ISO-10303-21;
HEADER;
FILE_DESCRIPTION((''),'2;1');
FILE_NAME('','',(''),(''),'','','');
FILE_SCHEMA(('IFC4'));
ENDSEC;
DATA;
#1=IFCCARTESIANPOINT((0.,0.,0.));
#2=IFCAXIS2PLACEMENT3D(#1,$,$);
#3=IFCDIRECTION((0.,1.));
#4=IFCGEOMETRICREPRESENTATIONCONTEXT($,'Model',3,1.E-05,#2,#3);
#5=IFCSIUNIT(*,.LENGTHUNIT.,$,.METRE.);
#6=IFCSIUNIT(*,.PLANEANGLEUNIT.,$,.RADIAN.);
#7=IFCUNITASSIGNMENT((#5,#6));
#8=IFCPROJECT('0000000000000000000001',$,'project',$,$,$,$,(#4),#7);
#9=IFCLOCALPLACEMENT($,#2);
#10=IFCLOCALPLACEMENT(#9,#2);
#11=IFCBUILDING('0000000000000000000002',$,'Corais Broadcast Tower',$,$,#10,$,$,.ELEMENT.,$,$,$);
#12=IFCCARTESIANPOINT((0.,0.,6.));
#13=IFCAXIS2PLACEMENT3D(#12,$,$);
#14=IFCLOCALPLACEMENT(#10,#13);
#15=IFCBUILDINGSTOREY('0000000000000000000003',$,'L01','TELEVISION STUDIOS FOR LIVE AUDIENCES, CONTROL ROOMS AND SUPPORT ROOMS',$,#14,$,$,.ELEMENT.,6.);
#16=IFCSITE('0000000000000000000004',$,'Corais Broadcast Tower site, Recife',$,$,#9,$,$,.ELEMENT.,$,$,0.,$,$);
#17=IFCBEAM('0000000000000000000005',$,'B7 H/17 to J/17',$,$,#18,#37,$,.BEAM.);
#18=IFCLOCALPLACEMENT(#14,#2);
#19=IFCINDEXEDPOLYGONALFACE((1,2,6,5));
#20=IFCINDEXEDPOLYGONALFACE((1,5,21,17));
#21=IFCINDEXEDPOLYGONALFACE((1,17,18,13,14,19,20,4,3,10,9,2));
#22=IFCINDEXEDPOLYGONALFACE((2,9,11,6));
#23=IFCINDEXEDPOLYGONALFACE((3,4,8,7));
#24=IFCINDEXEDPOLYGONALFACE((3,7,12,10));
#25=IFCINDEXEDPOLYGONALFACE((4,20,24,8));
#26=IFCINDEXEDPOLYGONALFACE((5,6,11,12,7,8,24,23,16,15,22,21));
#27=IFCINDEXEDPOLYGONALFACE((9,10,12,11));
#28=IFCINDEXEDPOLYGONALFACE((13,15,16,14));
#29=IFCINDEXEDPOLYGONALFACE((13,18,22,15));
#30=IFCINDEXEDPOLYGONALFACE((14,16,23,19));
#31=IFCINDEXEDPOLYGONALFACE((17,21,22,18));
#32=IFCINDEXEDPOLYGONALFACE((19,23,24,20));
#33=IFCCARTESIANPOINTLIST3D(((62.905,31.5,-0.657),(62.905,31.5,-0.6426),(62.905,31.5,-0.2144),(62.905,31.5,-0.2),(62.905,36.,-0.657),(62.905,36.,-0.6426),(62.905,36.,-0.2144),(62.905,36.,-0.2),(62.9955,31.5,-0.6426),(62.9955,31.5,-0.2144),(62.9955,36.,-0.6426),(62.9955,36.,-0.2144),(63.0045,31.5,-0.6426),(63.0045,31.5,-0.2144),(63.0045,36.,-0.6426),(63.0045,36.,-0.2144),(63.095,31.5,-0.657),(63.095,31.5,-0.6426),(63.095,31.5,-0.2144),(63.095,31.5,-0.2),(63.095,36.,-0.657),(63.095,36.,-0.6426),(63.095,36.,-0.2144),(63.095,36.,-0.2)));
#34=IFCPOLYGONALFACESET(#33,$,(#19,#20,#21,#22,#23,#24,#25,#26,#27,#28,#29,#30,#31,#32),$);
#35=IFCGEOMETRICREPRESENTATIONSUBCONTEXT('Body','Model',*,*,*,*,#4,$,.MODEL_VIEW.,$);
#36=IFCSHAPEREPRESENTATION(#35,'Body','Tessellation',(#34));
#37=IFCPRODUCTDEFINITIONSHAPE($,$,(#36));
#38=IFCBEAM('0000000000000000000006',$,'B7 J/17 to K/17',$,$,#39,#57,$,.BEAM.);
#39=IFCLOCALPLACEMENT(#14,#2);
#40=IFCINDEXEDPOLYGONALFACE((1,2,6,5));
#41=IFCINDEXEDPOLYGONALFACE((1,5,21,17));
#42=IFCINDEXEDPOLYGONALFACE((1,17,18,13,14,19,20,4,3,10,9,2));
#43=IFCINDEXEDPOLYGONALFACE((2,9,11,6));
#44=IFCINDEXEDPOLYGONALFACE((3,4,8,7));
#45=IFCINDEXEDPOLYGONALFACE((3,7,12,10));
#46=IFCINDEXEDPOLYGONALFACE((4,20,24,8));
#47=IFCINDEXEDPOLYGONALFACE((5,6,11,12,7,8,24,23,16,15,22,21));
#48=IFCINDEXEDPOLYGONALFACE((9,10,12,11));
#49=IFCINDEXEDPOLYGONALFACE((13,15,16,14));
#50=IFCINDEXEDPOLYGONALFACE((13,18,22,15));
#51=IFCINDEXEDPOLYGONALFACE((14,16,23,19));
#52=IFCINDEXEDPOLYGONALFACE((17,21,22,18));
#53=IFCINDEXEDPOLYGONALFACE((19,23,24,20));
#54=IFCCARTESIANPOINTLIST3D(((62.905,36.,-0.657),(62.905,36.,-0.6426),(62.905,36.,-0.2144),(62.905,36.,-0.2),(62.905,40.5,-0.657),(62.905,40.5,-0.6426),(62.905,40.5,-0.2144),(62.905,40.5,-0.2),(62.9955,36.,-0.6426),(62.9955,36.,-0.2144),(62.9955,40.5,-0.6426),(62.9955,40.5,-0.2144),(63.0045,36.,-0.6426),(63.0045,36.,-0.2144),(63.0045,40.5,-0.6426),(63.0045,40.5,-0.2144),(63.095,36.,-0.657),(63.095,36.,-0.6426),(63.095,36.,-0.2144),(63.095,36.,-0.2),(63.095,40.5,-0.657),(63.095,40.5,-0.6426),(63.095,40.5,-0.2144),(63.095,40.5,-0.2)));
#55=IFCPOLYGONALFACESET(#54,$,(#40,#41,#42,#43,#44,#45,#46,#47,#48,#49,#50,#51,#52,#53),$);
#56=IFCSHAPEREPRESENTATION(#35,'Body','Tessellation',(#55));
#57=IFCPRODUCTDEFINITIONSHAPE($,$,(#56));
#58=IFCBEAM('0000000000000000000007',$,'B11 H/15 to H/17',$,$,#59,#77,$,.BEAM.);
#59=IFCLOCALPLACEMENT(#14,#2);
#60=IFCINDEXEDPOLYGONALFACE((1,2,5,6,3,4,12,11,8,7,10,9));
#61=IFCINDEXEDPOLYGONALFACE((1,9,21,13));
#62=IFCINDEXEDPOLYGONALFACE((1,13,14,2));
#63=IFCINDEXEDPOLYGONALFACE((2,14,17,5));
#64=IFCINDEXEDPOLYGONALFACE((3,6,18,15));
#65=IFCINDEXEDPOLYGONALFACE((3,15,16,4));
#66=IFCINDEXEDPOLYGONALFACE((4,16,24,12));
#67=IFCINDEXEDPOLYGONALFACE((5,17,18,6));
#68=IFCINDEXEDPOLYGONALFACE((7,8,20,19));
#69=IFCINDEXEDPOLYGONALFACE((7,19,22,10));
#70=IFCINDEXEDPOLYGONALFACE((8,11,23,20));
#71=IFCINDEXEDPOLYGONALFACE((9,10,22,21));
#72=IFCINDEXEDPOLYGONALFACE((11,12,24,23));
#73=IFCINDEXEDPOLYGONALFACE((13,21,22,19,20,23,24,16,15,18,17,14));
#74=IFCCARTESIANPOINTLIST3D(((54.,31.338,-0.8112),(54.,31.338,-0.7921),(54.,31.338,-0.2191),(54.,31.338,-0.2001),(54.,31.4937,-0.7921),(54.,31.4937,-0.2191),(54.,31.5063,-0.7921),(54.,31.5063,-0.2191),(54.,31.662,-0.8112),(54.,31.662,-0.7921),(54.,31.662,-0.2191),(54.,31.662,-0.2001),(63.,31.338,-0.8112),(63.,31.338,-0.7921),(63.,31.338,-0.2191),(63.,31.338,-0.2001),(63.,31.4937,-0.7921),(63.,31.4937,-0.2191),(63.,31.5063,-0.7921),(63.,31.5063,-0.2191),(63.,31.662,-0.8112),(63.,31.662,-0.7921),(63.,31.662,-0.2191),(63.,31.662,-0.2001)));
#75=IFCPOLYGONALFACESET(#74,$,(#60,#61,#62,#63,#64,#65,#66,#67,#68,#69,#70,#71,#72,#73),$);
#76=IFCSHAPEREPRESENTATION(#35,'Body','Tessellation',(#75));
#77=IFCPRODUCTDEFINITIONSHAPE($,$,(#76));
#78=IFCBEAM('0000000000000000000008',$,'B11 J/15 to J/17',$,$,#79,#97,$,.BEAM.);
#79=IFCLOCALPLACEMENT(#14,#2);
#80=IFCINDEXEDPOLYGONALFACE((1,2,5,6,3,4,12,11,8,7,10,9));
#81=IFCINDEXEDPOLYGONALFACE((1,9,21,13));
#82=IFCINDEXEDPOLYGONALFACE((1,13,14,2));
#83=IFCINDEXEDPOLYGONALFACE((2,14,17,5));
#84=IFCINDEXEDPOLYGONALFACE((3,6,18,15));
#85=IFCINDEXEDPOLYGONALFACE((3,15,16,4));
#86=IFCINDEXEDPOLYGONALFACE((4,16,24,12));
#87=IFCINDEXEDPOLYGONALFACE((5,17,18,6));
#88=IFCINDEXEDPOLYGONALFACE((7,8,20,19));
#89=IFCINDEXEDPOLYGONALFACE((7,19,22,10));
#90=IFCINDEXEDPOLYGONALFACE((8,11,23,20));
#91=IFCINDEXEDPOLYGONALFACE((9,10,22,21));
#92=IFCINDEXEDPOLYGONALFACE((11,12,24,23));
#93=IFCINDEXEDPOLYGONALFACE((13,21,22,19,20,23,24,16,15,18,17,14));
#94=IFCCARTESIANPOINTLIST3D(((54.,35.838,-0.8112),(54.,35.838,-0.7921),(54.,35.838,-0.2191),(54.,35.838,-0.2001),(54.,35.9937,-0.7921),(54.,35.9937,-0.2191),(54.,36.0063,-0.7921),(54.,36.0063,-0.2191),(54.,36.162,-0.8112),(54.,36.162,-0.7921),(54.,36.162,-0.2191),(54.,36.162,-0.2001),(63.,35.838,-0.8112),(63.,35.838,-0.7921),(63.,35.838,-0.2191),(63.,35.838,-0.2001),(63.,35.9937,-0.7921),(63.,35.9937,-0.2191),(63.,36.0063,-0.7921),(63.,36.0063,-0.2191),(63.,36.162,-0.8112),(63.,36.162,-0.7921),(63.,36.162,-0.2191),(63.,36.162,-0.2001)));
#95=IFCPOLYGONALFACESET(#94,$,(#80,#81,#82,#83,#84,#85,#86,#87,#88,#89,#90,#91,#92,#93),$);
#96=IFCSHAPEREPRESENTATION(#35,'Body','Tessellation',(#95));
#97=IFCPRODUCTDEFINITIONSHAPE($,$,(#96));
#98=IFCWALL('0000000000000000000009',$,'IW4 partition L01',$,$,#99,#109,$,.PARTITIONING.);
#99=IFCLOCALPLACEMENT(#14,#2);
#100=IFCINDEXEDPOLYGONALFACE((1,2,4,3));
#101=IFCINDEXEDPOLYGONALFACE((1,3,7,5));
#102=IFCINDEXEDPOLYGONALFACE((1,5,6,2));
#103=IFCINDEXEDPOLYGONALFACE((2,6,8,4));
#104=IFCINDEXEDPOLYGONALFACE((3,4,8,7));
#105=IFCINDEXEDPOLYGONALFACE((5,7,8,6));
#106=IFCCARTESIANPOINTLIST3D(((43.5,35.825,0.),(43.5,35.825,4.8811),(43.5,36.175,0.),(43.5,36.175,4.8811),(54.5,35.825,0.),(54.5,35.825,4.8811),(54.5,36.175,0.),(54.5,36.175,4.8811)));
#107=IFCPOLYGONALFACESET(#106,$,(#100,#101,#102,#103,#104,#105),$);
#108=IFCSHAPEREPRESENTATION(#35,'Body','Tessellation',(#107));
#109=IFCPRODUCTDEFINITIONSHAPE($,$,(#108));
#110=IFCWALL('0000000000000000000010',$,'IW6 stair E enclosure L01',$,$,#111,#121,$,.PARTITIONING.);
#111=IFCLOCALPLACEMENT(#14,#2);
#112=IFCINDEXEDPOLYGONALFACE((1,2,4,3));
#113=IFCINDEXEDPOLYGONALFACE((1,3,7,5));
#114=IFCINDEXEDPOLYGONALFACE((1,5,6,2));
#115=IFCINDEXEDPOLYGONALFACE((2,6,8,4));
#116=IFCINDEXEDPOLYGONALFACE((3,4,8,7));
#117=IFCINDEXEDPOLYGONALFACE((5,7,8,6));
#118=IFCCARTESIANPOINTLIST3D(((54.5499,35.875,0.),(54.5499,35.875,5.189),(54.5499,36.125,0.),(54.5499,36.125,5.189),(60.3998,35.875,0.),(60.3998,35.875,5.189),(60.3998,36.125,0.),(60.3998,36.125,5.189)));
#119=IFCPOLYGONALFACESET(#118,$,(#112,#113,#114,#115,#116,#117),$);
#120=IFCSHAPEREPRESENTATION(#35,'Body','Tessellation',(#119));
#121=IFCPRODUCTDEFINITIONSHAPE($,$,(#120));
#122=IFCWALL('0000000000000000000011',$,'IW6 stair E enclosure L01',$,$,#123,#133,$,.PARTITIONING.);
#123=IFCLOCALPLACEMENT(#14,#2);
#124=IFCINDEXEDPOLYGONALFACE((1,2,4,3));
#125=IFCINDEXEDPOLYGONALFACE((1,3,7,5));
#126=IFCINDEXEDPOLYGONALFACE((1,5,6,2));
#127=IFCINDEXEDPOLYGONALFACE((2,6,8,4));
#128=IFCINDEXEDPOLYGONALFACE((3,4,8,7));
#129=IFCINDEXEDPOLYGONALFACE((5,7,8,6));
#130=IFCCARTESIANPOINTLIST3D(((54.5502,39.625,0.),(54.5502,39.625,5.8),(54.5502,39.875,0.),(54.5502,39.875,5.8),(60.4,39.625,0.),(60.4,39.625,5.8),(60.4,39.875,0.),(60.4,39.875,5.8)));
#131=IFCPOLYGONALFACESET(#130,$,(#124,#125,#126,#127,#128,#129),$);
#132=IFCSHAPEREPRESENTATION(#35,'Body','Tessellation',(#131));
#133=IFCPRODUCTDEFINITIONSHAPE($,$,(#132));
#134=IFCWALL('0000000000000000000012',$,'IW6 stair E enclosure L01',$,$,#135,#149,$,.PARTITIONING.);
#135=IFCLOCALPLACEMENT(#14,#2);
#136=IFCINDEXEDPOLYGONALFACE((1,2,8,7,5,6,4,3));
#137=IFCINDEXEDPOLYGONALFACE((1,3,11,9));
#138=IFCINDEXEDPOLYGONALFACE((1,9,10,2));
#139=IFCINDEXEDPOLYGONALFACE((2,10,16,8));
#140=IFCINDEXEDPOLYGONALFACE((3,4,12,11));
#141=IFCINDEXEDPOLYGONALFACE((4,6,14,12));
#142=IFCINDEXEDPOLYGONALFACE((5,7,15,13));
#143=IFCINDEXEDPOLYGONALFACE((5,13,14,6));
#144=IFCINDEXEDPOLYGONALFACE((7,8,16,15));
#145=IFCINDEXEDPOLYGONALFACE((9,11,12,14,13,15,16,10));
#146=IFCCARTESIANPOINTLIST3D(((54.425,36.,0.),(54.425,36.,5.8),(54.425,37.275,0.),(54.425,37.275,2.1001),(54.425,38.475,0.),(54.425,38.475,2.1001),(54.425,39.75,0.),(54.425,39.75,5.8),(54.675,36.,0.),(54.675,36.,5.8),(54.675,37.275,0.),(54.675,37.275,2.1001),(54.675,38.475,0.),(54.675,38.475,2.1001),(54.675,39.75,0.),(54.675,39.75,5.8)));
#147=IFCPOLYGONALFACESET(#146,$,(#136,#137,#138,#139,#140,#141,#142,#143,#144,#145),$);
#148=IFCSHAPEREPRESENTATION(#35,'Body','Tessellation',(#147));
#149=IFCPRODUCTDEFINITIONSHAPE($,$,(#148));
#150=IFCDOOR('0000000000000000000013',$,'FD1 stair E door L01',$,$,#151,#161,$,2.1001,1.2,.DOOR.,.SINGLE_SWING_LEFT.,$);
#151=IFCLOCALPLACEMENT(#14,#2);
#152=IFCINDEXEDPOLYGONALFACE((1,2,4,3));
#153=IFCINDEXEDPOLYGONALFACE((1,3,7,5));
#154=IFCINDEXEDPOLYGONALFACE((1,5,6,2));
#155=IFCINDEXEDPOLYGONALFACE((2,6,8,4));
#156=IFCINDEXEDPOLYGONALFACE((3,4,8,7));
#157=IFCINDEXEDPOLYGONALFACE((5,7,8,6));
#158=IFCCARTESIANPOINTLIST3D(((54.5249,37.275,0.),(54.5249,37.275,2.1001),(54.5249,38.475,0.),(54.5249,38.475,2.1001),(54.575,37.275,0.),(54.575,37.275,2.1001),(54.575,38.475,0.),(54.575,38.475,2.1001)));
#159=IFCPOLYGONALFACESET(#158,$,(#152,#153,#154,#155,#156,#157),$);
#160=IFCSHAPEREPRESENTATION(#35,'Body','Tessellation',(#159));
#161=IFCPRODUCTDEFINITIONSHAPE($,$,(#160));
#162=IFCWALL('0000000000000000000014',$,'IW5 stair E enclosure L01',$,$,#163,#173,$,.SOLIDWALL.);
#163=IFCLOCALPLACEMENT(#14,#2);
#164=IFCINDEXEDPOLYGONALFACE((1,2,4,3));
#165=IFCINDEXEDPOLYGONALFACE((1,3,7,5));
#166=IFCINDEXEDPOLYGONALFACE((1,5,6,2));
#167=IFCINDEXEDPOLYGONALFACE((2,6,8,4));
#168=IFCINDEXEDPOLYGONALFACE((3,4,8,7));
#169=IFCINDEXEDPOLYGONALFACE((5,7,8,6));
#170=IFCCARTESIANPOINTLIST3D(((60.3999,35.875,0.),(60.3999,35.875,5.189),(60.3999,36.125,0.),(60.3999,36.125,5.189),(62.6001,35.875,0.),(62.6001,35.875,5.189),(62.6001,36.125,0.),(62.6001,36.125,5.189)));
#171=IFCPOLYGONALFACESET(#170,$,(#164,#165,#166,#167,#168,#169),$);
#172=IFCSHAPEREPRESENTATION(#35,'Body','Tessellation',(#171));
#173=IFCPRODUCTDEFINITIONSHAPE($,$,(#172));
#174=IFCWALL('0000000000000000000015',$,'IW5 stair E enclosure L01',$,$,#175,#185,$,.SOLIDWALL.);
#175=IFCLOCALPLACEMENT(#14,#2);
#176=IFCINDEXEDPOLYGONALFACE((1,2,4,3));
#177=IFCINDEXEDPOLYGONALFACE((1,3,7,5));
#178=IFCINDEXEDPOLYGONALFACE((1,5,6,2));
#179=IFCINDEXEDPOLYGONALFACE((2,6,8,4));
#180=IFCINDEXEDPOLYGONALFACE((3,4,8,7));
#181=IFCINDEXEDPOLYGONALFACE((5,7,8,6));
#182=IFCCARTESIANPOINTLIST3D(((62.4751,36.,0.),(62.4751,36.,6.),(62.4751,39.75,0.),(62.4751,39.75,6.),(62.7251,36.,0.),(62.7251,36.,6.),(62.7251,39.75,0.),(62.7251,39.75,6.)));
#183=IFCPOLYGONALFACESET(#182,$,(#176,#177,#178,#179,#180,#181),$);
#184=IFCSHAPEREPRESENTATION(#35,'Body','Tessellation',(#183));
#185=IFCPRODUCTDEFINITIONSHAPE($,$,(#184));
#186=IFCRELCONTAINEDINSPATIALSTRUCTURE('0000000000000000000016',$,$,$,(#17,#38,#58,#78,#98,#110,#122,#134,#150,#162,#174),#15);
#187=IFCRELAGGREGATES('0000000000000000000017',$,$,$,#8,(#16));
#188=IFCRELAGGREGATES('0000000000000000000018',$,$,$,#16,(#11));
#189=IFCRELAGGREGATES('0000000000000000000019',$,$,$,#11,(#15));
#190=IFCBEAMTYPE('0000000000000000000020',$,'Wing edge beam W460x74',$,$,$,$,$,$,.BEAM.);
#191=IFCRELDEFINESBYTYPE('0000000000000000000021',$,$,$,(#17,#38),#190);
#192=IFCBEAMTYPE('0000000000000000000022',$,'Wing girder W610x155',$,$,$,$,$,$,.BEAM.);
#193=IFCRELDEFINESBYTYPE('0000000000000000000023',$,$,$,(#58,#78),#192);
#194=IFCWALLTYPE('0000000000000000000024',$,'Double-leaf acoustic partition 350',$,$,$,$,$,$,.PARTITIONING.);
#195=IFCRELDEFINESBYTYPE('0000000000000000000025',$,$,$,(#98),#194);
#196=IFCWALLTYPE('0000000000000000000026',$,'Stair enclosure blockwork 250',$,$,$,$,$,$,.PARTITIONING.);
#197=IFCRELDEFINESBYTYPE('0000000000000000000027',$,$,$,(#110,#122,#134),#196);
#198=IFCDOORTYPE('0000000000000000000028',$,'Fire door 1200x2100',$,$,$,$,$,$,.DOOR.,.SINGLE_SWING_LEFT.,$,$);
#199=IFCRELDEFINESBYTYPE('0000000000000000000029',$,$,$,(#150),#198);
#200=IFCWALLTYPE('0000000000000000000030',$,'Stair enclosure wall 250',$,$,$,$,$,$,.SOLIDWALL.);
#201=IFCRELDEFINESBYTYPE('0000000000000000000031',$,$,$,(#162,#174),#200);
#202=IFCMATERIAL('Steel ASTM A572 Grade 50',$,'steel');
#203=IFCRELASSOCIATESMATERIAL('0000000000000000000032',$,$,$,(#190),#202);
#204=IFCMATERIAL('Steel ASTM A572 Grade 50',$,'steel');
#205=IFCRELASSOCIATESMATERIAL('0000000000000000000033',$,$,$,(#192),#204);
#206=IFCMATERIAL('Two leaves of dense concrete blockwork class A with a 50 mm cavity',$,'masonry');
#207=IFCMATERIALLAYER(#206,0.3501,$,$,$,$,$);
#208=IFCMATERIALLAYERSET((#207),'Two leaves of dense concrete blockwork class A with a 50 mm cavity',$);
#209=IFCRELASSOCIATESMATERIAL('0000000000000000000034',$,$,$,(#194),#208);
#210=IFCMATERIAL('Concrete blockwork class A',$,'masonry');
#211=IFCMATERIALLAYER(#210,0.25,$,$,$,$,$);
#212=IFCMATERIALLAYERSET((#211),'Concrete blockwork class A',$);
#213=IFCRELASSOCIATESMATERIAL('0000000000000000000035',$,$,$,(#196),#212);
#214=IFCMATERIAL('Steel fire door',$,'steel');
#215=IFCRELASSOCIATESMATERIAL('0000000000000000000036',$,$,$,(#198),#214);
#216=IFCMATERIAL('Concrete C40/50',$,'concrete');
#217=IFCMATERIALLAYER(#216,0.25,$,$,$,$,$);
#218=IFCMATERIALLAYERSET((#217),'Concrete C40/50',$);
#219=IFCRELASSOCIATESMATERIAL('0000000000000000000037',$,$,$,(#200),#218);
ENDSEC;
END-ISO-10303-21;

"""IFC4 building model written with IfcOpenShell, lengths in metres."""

from ifc_helpers import new_model, si_unit, direction, frame, frame_2d, origin, origin_2d, place, context, subcontext, project, spatial, rectangle, i_section, extrude, material, layer, layer_set, material_profile, profile_set, type_object, element, fill, save


model = new_model("IFC4")

# Units and contexts
model_context = context("Model", 3, precision=1e-05, world=origin(), true_north=direction((0.0, 1.0)))
body_context = subcontext(model_context, "Body", "Model", "MODEL_VIEW")
ifc_project = project(units=[si_unit("LENGTHUNIT", "METRE"), si_unit("PLANEANGLEUNIT", "RADIAN")], contexts=[model_context])

# Site, building, storey
site_placement = place(None, origin())
site = spatial("IfcSite", under=ifc_project, at=site_placement, Name="Corais Broadcast Tower site, Recife", CompositionType="ELEMENT", RefElevation=0.0)
building_placement = place(site_placement, origin())
building = spatial("IfcBuilding", under=site, at=building_placement, Name="Corais Broadcast Tower", CompositionType="ELEMENT")
storey_placement = place(building_placement, frame((0.0, 0.0, 6.0)))
storey = spatial("IfcBuildingStorey", under=building, at=storey_placement, Name="L01", Description="TELEVISION STUDIOS FOR LIVE AUDIENCES, CONTROL ROOMS AND SUPPORT ROOMS", CompositionType="ELEMENT", Elevation=6.0)

# Beams
ifc_material_1 = material(Name="Steel ASTM A572 Grade 50", Category="steel")
ifc_material_profile_1 = material_profile(ifc_material_1, i_section(OverallWidth=0.1899, OverallDepth=0.457, WebThickness=0.009, FlangeThickness=0.0144, at=origin_2d()), Name="W460x74")
ifc_profile_set_1 = profile_set([ifc_material_profile_1], Name="Steel ASTM A572 Grade 50")
beam_type_1 = type_object("IfcBeamType", Name="Wing edge beam W460x74", PredefinedType="BEAM", material=ifc_profile_set_1)
for number, where, z_axis, x_axis, name in (
    (1, (63.0, 31.5, -0.4285), (0.0, 1.0, 0.0), (-1.0, 0.0, 0.0), "B7 H/17 to J/17"),
    (2, (63.0, 36.0, -0.4285), (0.0, 1.0, 0.0), (-1.0, 0.0, 0.0), "B7 J/17 to K/17"),
):
    element("IfcBeam", number, at=place(storey_placement, frame(where, z_axis=z_axis, x_axis=x_axis)), inside=storey, type_object=beam_type_1, Name=name, PredefinedType="BEAM", context=body_context, shape_type="SweptSolid", body=[
        extrude(i_section(OverallWidth=0.1899, OverallDepth=0.457, WebThickness=0.009, FlangeThickness=0.0144, at=origin_2d()), origin(), (0.0, 0.0, 1.0), 4.5),
    ])
ifc_material_2 = material(Name="Steel ASTM A572 Grade 50", Category="steel")
ifc_material_profile_2 = material_profile(ifc_material_2, i_section(OverallWidth=0.324, OverallDepth=0.6111, WebThickness=0.0127, FlangeThickness=0.019, at=origin_2d()), Name="W610x155")
ifc_profile_set_2 = profile_set([ifc_material_profile_2], Name="Steel ASTM A572 Grade 50")
beam_type_2 = type_object("IfcBeamType", Name="Wing girder W610x155", PredefinedType="BEAM", material=ifc_profile_set_2)
for number, where, z_axis, x_axis, name in (
    (3, (54.0, 31.5, -0.5056), (1.0, 0.0, 0.0), (0.0, 1.0, 0.0), "B11 H/15 to H/17"),
    (4, (54.0, 36.0, -0.5056), (1.0, 0.0, 0.0), (0.0, 1.0, 0.0), "B11 J/15 to J/17"),
):
    element("IfcBeam", number, at=place(storey_placement, frame(where, z_axis=z_axis, x_axis=x_axis)), inside=storey, type_object=beam_type_2, Name=name, PredefinedType="BEAM", context=body_context, shape_type="SweptSolid", body=[
        extrude(i_section(OverallWidth=0.324, OverallDepth=0.6111, WebThickness=0.0127, FlangeThickness=0.019, at=origin_2d()), origin(), (0.0, 0.0, 1.0), 9.0),
    ])

# Walls
ifc_material_3 = material(Name="Two leaves of dense concrete blockwork class A with a 50 mm cavity", Category="masonry")
ifc_layer_1 = layer(ifc_material_3, 0.3501)
ifc_layer_set_1 = layer_set([ifc_layer_1], Name="Two leaves of dense concrete blockwork class A with a 50 mm cavity")
wall_type_1 = type_object("IfcWallType", Name="Double-leaf acoustic partition 350", PredefinedType="PARTITIONING", material=ifc_layer_set_1)
wall_1_placement = place(storey_placement, frame((54.5, 36.0, 0.0), z_axis=(0.0, 0.0, 1.0), x_axis=(-1.0, 0.0, 0.0)))
element("IfcWall", 5, at=wall_1_placement, inside=storey, type_object=wall_type_1, Name="IW4 partition L01", PredefinedType="PARTITIONING", context=body_context, shape_type="SweptSolid", body=[
    extrude(rectangle(XDim=11.0, YDim=0.3501, at=frame_2d((5.5, 0.0))), origin(), (0.0, 0.0, 1.0), 4.8811),
])
ifc_material_4 = material(Name="Concrete blockwork class A", Category="masonry")
ifc_layer_2 = layer(ifc_material_4, 0.25)
ifc_layer_set_2 = layer_set([ifc_layer_2], Name="Concrete blockwork class A")
wall_type_2 = type_object("IfcWallType", Name="Stair enclosure blockwork 250", PredefinedType="PARTITIONING", material=ifc_layer_set_2)
wall_2_placement = place(storey_placement, frame((54.55, 36.0, 0.0), z_axis=(0.0, 0.0, 1.0), x_axis=(1.0, 0.0, 0.0)))
element("IfcWall", 6, at=wall_2_placement, inside=storey, type_object=wall_type_2, Name="IW6 stair E enclosure L01", PredefinedType="PARTITIONING", context=body_context, shape_type="SweptSolid", body=[
    extrude(rectangle(XDim=5.8499, YDim=0.25, at=frame_2d((2.9248, 0.0))), origin(), (0.0, 0.0, 1.0), 5.189),
])
wall_3_placement = place(storey_placement, frame((60.3999, 39.75, 0.0), z_axis=(0.0, 0.0, 1.0), x_axis=(-1.0, 0.0, 0.0)))
element("IfcWall", 7, at=wall_3_placement, inside=storey, type_object=wall_type_2, Name="IW6 stair E enclosure L01", PredefinedType="PARTITIONING", context=body_context, shape_type="SweptSolid", body=[
    extrude(rectangle(XDim=5.8499, YDim=0.25, at=frame_2d((2.9248, 0.0))), origin(), (0.0, 0.0, 1.0), 5.8),
])

# Wall, opening, door
wall_4_placement = place(storey_placement, frame((54.55, 39.75, 0.0), z_axis=(0.0, 0.0, 1.0), x_axis=(0.0, -1.0, 0.0)))
wall_4 = element("IfcWall", 8, at=wall_4_placement, inside=storey, type_object=wall_type_2, Name="IW6 stair E enclosure L01", PredefinedType="PARTITIONING", context=body_context, shape_type="SweptSolid", body=[
    extrude(rectangle(XDim=3.75, YDim=0.25, at=frame_2d((1.875, 0.0))), origin(), (0.0, 0.0, 1.0), 5.8),
])
opening_placement = place(wall_4_placement, frame((1.2749, 0.0, 0.0)))
opening = element("IfcOpeningElement", 9, at=opening_placement, cuts=wall_4, PredefinedType="OPENING", context=body_context, shape_type="SweptSolid", body=[
    extrude(rectangle(XDim=1.2, YDim=2.1001, at=frame_2d((0.6001, 1.05))), frame((0.0, 0.135, 0.0), z_axis=(0.0, -1.0, 0.0), x_axis=(1.0, 0.0, 0.0)), (0.0, 0.0, 1.0), 0.27),
])
ifc_material_5 = material(Name="Steel fire door", Category="steel")
door_type = type_object("IfcDoorType", Name="Fire door 1200x2100", OperationType="SINGLE_SWING_LEFT", PredefinedType="DOOR", material=ifc_material_5)
door_placement = place(opening_placement, origin())
door = element("IfcDoor", 10, at=door_placement, inside=storey, type_object=door_type, Name="FD1 stair E door L01", OperationType="SINGLE_SWING_LEFT", OverallHeight=2.1001, OverallWidth=1.2, PredefinedType="DOOR", context=body_context, shape_type="SweptSolid", body=[
    extrude(rectangle(XDim=1.2, YDim=2.1001, at=frame_2d((0.6001, 1.05))), frame((0.0, 0.0249, 0.0), z_axis=(0.0, -1.0, 0.0), x_axis=(1.0, 0.0, 0.0)), (0.0, 0.0, 1.0), 0.05),
])
fill(opening, door)

# Walls
ifc_material_6 = material(Name="Concrete C40/50", Category="concrete")
ifc_layer_3 = layer(ifc_material_6, 0.25)
ifc_layer_set_3 = layer_set([ifc_layer_3], Name="Concrete C40/50")
wall_type_3 = type_object("IfcWallType", Name="Stair enclosure wall 250", PredefinedType="SOLIDWALL", material=ifc_layer_set_3)
wall_5_placement = place(storey_placement, frame((60.3999, 36.0, 0.0), z_axis=(0.0, 0.0, 1.0), x_axis=(1.0, 0.0, 0.0)))
element("IfcWall", 11, at=wall_5_placement, inside=storey, type_object=wall_type_3, Name="IW5 stair E enclosure L01", PredefinedType="SOLIDWALL", context=body_context, shape_type="SweptSolid", body=[
    extrude(rectangle(XDim=2.2002, YDim=0.25, at=frame_2d((1.1001, 0.0))), origin(), (0.0, 0.0, 1.0), 5.189),
])
wall_6_placement = place(storey_placement, frame((62.6001, 36.0, 0.0), z_axis=(0.0, 0.0, 1.0), x_axis=(0.0, 1.0, 0.0)))
element("IfcWall", 12, at=wall_6_placement, inside=storey, type_object=wall_type_3, Name="IW5 stair E enclosure L01", PredefinedType="SOLIDWALL", context=body_context, shape_type="SweptSolid", body=[
    extrude(rectangle(XDim=3.75, YDim=0.25, at=frame_2d((1.875, 0.0))), origin(), (0.0, 0.0, 1.0), 6.0),
])

save(model, "model.ifc")
